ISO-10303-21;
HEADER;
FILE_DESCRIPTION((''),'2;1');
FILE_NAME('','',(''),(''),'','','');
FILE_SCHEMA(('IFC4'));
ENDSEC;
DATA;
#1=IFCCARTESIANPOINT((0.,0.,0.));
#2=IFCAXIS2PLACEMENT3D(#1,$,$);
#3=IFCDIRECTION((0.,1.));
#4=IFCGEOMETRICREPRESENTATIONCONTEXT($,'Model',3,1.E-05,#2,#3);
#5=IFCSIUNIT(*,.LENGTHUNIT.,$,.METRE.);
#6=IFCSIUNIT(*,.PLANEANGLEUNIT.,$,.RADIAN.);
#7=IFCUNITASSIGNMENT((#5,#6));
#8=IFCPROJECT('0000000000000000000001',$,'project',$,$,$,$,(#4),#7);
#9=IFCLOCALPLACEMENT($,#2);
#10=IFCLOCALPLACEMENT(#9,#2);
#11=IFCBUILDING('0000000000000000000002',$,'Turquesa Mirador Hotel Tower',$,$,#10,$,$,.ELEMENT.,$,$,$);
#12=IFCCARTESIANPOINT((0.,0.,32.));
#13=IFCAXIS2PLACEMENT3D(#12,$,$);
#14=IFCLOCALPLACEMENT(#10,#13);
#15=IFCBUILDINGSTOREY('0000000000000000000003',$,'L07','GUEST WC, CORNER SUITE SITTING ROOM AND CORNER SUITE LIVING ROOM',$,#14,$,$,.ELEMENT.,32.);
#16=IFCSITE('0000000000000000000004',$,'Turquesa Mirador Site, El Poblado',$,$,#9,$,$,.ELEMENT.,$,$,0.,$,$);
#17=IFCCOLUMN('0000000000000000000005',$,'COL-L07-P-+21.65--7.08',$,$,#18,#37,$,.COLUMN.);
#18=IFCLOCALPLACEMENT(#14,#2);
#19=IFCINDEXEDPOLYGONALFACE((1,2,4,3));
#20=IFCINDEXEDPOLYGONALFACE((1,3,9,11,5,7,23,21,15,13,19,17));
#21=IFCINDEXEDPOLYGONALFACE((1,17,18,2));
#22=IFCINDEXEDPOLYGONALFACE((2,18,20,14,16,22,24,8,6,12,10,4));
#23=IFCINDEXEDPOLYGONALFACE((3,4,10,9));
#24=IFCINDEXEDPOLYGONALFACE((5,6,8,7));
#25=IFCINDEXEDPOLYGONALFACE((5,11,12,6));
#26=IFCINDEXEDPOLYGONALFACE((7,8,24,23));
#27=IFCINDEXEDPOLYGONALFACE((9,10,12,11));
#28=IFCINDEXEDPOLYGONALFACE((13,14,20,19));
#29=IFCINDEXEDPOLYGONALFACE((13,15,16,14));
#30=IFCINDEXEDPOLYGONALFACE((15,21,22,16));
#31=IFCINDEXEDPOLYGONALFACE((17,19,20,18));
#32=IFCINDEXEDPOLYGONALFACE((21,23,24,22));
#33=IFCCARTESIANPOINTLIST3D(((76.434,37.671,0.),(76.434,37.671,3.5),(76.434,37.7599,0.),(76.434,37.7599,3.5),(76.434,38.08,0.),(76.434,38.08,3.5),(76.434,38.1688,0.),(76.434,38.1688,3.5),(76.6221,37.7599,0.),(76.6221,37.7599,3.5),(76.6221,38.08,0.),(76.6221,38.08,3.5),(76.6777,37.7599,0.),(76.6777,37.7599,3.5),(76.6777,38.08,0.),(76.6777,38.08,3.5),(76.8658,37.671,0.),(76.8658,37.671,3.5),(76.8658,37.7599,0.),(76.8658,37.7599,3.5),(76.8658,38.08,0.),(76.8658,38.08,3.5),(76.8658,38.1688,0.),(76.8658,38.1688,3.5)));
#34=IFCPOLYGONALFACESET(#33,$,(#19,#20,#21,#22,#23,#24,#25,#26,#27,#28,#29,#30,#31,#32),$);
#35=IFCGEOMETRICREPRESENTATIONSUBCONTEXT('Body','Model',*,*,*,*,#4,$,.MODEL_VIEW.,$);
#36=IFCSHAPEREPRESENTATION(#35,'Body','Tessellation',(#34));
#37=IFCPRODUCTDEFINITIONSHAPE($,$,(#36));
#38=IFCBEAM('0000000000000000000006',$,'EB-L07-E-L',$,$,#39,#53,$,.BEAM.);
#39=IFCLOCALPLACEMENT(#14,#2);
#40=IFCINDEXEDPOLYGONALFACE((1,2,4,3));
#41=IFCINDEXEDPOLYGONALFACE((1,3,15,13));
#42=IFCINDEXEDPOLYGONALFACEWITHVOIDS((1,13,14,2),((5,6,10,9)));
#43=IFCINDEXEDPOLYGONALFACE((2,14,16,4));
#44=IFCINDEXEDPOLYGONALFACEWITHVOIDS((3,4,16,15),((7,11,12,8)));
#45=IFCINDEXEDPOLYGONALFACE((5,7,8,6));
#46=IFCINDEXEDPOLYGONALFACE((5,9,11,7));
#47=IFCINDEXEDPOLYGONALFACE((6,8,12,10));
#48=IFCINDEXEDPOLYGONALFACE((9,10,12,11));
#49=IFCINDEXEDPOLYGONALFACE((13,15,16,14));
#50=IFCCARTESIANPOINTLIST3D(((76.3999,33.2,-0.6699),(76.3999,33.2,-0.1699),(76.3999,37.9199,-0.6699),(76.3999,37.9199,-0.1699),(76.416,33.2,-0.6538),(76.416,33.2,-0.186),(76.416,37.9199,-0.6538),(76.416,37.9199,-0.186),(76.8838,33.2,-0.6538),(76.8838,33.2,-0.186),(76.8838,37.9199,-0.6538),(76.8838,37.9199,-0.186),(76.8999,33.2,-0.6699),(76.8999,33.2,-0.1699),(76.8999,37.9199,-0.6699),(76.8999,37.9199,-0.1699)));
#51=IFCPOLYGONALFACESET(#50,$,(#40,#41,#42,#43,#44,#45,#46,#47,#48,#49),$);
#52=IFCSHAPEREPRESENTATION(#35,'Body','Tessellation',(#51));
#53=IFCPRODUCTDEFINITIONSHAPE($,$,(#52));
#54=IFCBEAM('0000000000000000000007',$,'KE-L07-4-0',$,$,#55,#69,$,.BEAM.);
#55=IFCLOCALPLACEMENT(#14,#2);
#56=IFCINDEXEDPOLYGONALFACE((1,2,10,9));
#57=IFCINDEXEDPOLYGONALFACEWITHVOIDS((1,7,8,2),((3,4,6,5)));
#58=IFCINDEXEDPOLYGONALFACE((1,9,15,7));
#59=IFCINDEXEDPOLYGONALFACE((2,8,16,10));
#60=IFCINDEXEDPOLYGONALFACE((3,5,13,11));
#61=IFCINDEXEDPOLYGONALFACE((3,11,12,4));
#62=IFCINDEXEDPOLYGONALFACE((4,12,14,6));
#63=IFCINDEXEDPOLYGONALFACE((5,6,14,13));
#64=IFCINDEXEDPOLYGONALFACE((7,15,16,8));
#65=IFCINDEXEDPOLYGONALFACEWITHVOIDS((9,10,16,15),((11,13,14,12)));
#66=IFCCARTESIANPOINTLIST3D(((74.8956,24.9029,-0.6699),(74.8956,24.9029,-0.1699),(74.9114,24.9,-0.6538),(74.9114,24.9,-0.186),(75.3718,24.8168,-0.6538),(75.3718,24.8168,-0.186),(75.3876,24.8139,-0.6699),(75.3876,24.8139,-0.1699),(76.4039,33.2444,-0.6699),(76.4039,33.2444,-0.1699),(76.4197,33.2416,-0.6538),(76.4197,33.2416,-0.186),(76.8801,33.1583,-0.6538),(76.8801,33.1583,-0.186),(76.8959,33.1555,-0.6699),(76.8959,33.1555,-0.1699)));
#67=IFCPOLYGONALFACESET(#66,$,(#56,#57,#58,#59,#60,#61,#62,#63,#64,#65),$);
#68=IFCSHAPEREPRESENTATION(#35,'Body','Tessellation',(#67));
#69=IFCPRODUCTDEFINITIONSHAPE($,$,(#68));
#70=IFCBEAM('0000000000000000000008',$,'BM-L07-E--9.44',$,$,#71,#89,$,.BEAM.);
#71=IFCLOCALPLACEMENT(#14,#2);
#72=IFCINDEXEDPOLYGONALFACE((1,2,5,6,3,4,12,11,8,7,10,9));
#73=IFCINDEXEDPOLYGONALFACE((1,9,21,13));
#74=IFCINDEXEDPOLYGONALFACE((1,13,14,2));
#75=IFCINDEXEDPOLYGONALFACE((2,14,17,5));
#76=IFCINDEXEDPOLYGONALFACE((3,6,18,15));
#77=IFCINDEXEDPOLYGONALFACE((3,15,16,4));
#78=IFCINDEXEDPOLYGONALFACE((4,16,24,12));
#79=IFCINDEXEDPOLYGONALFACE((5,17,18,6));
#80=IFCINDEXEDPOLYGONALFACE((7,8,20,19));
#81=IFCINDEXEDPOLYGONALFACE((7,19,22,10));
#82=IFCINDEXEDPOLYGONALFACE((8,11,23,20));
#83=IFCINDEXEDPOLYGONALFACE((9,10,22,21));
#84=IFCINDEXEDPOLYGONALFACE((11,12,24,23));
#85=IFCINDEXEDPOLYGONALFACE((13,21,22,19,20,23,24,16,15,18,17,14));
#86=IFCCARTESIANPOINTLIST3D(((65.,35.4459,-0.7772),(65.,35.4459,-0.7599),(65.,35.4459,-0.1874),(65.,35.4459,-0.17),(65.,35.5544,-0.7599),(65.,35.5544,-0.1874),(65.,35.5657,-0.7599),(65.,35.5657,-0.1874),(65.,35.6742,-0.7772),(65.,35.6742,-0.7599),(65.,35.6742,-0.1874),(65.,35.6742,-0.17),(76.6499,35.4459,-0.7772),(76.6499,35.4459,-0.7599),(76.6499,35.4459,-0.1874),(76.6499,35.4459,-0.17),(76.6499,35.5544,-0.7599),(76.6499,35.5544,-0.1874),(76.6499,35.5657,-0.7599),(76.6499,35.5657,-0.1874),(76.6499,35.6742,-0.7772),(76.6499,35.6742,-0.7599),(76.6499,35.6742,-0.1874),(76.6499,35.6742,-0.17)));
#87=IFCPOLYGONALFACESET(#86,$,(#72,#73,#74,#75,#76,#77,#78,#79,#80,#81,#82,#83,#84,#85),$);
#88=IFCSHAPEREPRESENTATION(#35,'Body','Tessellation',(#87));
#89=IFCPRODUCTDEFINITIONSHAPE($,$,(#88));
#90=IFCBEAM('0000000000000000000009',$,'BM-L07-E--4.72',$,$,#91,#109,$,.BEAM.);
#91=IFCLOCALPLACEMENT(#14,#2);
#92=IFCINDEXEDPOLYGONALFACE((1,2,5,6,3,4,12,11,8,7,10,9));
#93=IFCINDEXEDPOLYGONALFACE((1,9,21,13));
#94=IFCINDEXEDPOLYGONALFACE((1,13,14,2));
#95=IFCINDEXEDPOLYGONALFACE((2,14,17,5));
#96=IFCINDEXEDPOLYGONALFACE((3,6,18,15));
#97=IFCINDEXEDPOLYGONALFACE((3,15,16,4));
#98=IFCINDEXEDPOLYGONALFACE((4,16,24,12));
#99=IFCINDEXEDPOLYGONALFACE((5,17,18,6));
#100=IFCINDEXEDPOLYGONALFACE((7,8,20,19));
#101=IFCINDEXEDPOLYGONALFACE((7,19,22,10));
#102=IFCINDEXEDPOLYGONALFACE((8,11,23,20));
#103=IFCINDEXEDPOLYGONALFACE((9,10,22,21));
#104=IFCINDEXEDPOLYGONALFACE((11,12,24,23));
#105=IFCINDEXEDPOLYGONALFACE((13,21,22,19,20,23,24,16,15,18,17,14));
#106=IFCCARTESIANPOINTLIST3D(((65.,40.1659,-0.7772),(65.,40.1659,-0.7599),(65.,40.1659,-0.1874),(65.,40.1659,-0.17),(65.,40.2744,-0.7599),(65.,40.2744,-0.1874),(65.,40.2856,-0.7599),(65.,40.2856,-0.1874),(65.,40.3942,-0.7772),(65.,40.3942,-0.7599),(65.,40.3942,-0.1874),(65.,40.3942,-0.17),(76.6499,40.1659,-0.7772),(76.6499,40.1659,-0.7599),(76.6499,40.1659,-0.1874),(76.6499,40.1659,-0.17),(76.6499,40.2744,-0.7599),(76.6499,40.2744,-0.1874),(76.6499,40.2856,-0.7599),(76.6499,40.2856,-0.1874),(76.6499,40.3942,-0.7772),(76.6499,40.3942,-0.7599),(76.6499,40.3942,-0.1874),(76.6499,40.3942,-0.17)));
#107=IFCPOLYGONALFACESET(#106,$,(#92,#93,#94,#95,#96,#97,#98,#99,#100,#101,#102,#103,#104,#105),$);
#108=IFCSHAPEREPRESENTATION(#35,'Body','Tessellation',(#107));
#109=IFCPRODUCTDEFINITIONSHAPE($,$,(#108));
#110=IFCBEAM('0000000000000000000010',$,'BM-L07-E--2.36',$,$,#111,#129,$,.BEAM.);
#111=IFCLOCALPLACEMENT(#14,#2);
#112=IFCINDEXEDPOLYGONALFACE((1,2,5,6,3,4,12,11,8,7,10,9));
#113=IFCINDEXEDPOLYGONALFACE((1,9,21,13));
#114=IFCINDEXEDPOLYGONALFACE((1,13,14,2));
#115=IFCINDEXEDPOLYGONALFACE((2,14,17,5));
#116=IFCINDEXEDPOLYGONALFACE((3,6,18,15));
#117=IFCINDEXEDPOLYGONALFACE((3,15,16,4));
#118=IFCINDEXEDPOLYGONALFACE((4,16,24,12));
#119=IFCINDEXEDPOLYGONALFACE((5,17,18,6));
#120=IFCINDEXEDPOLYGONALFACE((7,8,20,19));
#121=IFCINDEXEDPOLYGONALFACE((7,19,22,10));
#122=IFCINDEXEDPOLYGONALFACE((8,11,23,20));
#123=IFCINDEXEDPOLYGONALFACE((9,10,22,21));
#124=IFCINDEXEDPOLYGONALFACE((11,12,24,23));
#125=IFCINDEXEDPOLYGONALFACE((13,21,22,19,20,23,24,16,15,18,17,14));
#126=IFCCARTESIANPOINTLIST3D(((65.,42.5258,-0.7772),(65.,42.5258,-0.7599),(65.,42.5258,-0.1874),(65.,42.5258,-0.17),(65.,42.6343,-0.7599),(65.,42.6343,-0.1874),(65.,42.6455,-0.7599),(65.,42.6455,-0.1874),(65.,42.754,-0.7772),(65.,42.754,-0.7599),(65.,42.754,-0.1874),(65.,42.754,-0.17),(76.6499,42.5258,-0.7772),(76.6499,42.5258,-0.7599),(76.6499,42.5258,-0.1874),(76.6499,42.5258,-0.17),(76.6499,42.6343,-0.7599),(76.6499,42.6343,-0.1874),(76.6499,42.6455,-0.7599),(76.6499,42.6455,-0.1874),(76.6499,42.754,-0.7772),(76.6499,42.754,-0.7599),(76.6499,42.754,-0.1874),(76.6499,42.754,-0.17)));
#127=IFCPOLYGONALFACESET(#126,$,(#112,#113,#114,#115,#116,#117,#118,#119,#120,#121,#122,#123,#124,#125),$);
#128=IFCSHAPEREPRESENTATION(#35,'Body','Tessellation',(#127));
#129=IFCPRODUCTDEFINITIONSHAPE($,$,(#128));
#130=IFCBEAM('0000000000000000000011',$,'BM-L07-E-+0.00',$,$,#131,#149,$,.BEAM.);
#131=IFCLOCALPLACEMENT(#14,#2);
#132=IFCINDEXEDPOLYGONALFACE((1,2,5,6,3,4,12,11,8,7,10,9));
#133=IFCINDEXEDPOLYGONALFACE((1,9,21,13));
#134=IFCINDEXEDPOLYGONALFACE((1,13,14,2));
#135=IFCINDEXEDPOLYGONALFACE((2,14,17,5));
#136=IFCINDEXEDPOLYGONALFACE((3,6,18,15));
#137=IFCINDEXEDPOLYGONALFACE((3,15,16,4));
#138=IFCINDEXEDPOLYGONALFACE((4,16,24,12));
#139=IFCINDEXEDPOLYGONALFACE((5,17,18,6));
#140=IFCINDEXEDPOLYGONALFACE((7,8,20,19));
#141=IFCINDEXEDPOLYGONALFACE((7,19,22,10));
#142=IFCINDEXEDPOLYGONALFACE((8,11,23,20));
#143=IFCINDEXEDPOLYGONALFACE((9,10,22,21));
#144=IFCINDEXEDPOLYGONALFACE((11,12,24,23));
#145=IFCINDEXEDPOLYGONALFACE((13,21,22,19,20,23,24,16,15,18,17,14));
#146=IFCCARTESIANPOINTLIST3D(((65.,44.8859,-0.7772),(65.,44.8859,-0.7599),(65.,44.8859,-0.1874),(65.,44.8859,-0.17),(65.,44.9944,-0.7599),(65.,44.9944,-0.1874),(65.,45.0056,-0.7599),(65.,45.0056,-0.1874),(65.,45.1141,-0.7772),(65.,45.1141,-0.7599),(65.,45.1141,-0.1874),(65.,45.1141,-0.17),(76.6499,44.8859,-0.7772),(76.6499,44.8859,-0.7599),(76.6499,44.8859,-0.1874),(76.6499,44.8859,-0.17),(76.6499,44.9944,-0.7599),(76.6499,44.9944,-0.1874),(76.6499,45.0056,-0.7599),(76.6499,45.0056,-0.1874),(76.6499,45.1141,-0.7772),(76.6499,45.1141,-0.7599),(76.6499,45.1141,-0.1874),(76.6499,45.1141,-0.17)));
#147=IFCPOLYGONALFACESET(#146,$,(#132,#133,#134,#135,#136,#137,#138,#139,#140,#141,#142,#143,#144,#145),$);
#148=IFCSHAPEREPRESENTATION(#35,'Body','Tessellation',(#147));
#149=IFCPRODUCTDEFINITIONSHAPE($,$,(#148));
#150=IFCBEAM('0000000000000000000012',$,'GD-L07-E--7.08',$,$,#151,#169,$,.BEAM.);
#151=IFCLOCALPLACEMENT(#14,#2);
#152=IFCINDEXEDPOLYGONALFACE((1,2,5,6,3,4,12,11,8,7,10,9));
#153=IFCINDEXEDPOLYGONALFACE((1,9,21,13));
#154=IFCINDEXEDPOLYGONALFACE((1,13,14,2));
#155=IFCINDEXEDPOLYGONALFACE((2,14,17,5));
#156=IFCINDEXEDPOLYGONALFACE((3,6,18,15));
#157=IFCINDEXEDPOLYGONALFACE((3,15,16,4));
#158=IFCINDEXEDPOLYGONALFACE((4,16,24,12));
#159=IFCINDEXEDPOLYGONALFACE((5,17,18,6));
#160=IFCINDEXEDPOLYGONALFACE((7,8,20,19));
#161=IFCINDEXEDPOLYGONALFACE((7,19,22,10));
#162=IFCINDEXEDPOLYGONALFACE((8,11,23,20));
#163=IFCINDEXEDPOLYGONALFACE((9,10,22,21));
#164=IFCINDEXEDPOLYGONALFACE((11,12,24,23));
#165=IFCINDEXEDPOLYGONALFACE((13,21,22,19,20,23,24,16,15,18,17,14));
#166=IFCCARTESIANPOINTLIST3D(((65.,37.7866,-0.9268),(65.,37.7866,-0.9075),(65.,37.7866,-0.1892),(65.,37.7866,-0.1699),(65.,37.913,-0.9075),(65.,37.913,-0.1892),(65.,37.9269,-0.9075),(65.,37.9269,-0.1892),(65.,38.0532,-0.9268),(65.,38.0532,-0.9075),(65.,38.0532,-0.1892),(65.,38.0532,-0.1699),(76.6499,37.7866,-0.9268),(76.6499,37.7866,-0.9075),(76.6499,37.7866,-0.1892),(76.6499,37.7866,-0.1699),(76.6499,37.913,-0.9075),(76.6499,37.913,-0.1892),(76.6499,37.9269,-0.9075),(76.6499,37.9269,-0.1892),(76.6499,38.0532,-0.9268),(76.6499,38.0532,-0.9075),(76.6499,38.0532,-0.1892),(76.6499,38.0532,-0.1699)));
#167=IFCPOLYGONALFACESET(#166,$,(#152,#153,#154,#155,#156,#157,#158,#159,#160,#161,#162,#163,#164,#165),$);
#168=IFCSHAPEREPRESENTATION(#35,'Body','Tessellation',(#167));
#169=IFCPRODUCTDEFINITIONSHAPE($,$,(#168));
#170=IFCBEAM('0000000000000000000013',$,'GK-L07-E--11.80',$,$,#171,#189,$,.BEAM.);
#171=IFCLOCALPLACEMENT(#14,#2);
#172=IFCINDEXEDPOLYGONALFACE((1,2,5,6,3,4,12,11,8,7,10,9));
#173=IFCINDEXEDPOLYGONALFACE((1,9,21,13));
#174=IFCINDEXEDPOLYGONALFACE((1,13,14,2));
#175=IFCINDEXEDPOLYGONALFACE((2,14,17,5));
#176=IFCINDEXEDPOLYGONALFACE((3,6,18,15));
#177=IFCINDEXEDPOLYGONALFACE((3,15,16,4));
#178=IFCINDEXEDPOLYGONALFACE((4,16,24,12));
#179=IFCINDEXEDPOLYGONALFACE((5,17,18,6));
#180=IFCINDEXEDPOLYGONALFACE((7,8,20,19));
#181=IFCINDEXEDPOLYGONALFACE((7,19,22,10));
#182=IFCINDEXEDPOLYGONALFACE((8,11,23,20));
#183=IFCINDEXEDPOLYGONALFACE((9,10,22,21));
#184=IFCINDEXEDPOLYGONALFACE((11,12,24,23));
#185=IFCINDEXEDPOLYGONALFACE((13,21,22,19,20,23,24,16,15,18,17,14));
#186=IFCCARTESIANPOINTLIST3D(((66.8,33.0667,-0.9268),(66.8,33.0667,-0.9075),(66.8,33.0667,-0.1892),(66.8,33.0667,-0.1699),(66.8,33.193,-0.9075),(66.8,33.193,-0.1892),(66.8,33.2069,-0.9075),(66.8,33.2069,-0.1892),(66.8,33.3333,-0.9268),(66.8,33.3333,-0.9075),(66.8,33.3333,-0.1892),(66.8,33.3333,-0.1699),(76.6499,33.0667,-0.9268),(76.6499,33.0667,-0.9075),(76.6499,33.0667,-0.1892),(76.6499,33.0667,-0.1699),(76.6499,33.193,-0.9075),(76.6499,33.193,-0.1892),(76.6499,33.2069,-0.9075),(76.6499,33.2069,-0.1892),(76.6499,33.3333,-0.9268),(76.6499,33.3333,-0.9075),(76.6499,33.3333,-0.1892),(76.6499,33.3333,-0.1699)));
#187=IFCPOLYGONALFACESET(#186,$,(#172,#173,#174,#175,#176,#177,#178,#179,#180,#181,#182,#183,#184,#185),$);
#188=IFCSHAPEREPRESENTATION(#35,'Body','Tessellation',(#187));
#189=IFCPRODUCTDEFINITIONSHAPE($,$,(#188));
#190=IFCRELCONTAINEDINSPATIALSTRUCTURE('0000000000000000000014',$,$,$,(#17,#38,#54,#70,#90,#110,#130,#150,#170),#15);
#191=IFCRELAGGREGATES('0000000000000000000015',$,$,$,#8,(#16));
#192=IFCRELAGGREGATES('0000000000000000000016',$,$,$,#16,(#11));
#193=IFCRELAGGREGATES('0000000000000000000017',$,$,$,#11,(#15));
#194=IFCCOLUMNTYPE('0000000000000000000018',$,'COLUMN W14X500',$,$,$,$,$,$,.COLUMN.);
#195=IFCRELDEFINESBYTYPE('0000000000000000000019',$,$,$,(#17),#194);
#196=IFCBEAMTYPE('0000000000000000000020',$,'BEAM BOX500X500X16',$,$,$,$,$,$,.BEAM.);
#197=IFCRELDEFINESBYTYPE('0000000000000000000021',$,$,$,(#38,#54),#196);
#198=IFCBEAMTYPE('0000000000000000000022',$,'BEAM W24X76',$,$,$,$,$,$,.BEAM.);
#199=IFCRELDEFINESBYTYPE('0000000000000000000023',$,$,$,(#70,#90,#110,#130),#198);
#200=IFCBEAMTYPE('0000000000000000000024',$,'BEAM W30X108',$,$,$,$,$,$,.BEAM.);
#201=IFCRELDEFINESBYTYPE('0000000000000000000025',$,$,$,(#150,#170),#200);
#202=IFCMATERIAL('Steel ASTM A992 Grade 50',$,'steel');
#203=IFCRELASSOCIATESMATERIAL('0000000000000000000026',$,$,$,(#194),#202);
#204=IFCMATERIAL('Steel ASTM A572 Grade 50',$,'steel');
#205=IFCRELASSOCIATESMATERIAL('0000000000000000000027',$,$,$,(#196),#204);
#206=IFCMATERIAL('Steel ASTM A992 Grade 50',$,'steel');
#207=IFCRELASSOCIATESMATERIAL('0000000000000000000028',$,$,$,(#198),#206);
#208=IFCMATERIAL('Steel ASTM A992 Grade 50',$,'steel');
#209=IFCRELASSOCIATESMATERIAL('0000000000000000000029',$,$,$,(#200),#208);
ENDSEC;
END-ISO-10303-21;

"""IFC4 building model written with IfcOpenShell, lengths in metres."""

from ifc_helpers import new_model, si_unit, direction, frame, origin, origin_2d, place, context, subcontext, project, spatial, hollow_rectangle, i_section, extrude, material, material_profile, profile_set, type_object, element, save


model = new_model("IFC4")

# Units and contexts
model_context = context("Model", 3, precision=1e-05, world=origin(), true_north=direction((0.0, 1.0)))
body_context = subcontext(model_context, "Body", "Model", "MODEL_VIEW")
ifc_project = project(units=[si_unit("LENGTHUNIT", "METRE"), si_unit("PLANEANGLEUNIT", "RADIAN")], contexts=[model_context])

# Site, building, storey
site_placement = place(None, origin())
site = spatial("IfcSite", under=ifc_project, at=site_placement, Name="Turquesa Mirador Site, El Poblado", CompositionType="ELEMENT", RefElevation=0.0)
building_placement = place(site_placement, origin())
building = spatial("IfcBuilding", under=site, at=building_placement, Name="Turquesa Mirador Hotel Tower", CompositionType="ELEMENT")
storey_placement = place(building_placement, frame((0.0, 0.0, 32.0)))
storey = spatial("IfcBuildingStorey", under=building, at=storey_placement, Name="L07", Description="GUEST WC, CORNER SUITE SITTING ROOM AND CORNER SUITE LIVING ROOM", CompositionType="ELEMENT", Elevation=32.0)

# Column
ifc_material_1 = material(Name="Steel ASTM A992 Grade 50", Category="steel")
ifc_material_profile_1 = material_profile(ifc_material_1, i_section(OverallWidth=0.4319, OverallDepth=0.4978, WebThickness=0.0557, FlangeThickness=0.0889, at=origin_2d()), Name="W14X500")
ifc_profile_set_1 = profile_set([ifc_material_profile_1], Name="Steel ASTM A992 Grade 50")
column_type = type_object("IfcColumnType", Name="COLUMN W14X500", PredefinedType="COLUMN", material=ifc_profile_set_1)
column_placement = place(storey_placement, frame((76.6499, 37.9199, 0.0), z_axis=(0.0, 0.0, 1.0), x_axis=(1.0, 0.0, 0.0)))
element("IfcColumn", 1, at=column_placement, inside=storey, type_object=column_type, Name="COL-L07-P-+21.65--7.08", PredefinedType="COLUMN", context=body_context, shape_type="SweptSolid", body=[
    extrude(i_section(OverallWidth=0.4319, OverallDepth=0.4978, WebThickness=0.0557, FlangeThickness=0.0889, at=origin_2d()), origin(), (0.0, 0.0, 1.0), 3.5),
])

# Beams
ifc_material_2 = material(Name="Steel ASTM A572 Grade 50", Category="steel")
ifc_material_profile_2 = material_profile(ifc_material_2, hollow_rectangle(XDim=0.5, YDim=0.5, WallThickness=0.0161, at=origin_2d()), Name="BOX500X500X16")
ifc_profile_set_2 = profile_set([ifc_material_profile_2], Name="Steel ASTM A572 Grade 50")
beam_type_1 = type_object("IfcBeamType", Name="BEAM BOX500X500X16", PredefinedType="BEAM", material=ifc_profile_set_2)
beam_1_placement = place(storey_placement, frame((76.6499, 33.2, -0.4199), z_axis=(0.0, 1.0, 0.0), x_axis=(-1.0, 0.0, 0.0)))
element("IfcBeam", 2, at=beam_1_placement, inside=storey, type_object=beam_type_1, Name="EB-L07-E-L", PredefinedType="BEAM", context=body_context, shape_type="SweptSolid", body=[
    extrude(hollow_rectangle(XDim=0.5, YDim=0.5, WallThickness=0.0161, at=origin_2d()), origin(), (0.0, 0.0, 1.0), 4.72),
])
beam_2_placement = place(storey_placement, frame((76.6499, 33.2, -0.4199), z_axis=(-0.177932, -0.984043, 0.0), x_axis=(0.984043, -0.177932, 0.0)))
element("IfcBeam", 3, at=beam_2_placement, inside=storey, type_object=beam_type_1, Name="KE-L07-4-0", PredefinedType="BEAM", context=body_context, shape_type="SweptSolid", body=[
    extrude(hollow_rectangle(XDim=0.5, YDim=0.5, WallThickness=0.0161, at=origin_2d()), origin(), (0.0, 0.0, 1.0), 8.4768),
])
ifc_material_3 = material(Name="Steel ASTM A992 Grade 50", Category="steel")
ifc_material_profile_3 = material_profile(ifc_material_3, i_section(OverallWidth=0.2283, OverallDepth=0.6072, WebThickness=0.0112, FlangeThickness=0.0173, at=origin_2d()), Name="W24X76")
ifc_profile_set_3 = profile_set([ifc_material_profile_3], Name="Steel ASTM A992 Grade 50")
beam_type_2 = type_object("IfcBeamType", Name="BEAM W24X76", PredefinedType="BEAM", material=ifc_profile_set_3)
for number, where, z_axis, x_axis, name in (
    (4, (76.6499, 35.5601, -0.4736), (-1.0, 0.0, 0.0), (0.0, -1.0, 0.0), "BM-L07-E--9.44"),
    (5, (76.6499, 40.28, -0.4736), (-1.0, 0.0, 0.0), (0.0, -1.0, 0.0), "BM-L07-E--4.72"),
    (6, (76.6499, 42.6399, -0.4736), (-1.0, 0.0, 0.0), (0.0, -1.0, 0.0), "BM-L07-E--2.36"),
    (7, (76.6499, 45.0, -0.4736), (-1.0, 0.0, 0.0), (0.0, -1.0, 0.0), "BM-L07-E-+0.00"),
):
    element("IfcBeam", number, at=place(storey_placement, frame(where, z_axis=z_axis, x_axis=x_axis)), inside=storey, type_object=beam_type_2, Name=name, PredefinedType="BEAM", context=body_context, shape_type="SweptSolid", body=[
        extrude(i_section(OverallWidth=0.2283, OverallDepth=0.6072, WebThickness=0.0112, FlangeThickness=0.0173, at=origin_2d()), origin(), (0.0, 0.0, 1.0), 11.6499),
    ])
ifc_material_4 = material(Name="Steel ASTM A992 Grade 50", Category="steel")
ifc_material_profile_4 = material_profile(ifc_material_4, i_section(OverallWidth=0.2666, OverallDepth=0.7568, WebThickness=0.0139, FlangeThickness=0.0193, at=origin_2d()), Name="W30X108")
ifc_profile_set_4 = profile_set([ifc_material_profile_4], Name="Steel ASTM A992 Grade 50")
beam_type_3 = type_object("IfcBeamType", Name="BEAM W30X108", PredefinedType="BEAM", material=ifc_profile_set_4)
beam_3_placement = place(storey_placement, frame((76.6499, 37.9199, -0.5483), z_axis=(-1.0, 0.0, 0.0), x_axis=(0.0, -1.0, 0.0)))
element("IfcBeam", 8, at=beam_3_placement, inside=storey, type_object=beam_type_3, Name="GD-L07-E--7.08", PredefinedType="BEAM", context=body_context, shape_type="SweptSolid", body=[
    extrude(i_section(OverallWidth=0.2666, OverallDepth=0.7568, WebThickness=0.0139, FlangeThickness=0.0193, at=origin_2d()), origin(), (0.0, 0.0, 1.0), 11.6499),
])
beam_4_placement = place(storey_placement, frame((76.6499, 33.2, -0.5483), z_axis=(-1.0, 0.0, 0.0), x_axis=(0.0, -1.0, 0.0)))
element("IfcBeam", 9, at=beam_4_placement, inside=storey, type_object=beam_type_3, Name="GK-L07-E--11.80", PredefinedType="BEAM", context=body_context, shape_type="SweptSolid", body=[
    extrude(i_section(OverallWidth=0.2666, OverallDepth=0.7568, WebThickness=0.0139, FlangeThickness=0.0193, at=origin_2d()), origin(), (0.0, 0.0, 1.0), 9.8499),
])

save(model, "model.ifc")
